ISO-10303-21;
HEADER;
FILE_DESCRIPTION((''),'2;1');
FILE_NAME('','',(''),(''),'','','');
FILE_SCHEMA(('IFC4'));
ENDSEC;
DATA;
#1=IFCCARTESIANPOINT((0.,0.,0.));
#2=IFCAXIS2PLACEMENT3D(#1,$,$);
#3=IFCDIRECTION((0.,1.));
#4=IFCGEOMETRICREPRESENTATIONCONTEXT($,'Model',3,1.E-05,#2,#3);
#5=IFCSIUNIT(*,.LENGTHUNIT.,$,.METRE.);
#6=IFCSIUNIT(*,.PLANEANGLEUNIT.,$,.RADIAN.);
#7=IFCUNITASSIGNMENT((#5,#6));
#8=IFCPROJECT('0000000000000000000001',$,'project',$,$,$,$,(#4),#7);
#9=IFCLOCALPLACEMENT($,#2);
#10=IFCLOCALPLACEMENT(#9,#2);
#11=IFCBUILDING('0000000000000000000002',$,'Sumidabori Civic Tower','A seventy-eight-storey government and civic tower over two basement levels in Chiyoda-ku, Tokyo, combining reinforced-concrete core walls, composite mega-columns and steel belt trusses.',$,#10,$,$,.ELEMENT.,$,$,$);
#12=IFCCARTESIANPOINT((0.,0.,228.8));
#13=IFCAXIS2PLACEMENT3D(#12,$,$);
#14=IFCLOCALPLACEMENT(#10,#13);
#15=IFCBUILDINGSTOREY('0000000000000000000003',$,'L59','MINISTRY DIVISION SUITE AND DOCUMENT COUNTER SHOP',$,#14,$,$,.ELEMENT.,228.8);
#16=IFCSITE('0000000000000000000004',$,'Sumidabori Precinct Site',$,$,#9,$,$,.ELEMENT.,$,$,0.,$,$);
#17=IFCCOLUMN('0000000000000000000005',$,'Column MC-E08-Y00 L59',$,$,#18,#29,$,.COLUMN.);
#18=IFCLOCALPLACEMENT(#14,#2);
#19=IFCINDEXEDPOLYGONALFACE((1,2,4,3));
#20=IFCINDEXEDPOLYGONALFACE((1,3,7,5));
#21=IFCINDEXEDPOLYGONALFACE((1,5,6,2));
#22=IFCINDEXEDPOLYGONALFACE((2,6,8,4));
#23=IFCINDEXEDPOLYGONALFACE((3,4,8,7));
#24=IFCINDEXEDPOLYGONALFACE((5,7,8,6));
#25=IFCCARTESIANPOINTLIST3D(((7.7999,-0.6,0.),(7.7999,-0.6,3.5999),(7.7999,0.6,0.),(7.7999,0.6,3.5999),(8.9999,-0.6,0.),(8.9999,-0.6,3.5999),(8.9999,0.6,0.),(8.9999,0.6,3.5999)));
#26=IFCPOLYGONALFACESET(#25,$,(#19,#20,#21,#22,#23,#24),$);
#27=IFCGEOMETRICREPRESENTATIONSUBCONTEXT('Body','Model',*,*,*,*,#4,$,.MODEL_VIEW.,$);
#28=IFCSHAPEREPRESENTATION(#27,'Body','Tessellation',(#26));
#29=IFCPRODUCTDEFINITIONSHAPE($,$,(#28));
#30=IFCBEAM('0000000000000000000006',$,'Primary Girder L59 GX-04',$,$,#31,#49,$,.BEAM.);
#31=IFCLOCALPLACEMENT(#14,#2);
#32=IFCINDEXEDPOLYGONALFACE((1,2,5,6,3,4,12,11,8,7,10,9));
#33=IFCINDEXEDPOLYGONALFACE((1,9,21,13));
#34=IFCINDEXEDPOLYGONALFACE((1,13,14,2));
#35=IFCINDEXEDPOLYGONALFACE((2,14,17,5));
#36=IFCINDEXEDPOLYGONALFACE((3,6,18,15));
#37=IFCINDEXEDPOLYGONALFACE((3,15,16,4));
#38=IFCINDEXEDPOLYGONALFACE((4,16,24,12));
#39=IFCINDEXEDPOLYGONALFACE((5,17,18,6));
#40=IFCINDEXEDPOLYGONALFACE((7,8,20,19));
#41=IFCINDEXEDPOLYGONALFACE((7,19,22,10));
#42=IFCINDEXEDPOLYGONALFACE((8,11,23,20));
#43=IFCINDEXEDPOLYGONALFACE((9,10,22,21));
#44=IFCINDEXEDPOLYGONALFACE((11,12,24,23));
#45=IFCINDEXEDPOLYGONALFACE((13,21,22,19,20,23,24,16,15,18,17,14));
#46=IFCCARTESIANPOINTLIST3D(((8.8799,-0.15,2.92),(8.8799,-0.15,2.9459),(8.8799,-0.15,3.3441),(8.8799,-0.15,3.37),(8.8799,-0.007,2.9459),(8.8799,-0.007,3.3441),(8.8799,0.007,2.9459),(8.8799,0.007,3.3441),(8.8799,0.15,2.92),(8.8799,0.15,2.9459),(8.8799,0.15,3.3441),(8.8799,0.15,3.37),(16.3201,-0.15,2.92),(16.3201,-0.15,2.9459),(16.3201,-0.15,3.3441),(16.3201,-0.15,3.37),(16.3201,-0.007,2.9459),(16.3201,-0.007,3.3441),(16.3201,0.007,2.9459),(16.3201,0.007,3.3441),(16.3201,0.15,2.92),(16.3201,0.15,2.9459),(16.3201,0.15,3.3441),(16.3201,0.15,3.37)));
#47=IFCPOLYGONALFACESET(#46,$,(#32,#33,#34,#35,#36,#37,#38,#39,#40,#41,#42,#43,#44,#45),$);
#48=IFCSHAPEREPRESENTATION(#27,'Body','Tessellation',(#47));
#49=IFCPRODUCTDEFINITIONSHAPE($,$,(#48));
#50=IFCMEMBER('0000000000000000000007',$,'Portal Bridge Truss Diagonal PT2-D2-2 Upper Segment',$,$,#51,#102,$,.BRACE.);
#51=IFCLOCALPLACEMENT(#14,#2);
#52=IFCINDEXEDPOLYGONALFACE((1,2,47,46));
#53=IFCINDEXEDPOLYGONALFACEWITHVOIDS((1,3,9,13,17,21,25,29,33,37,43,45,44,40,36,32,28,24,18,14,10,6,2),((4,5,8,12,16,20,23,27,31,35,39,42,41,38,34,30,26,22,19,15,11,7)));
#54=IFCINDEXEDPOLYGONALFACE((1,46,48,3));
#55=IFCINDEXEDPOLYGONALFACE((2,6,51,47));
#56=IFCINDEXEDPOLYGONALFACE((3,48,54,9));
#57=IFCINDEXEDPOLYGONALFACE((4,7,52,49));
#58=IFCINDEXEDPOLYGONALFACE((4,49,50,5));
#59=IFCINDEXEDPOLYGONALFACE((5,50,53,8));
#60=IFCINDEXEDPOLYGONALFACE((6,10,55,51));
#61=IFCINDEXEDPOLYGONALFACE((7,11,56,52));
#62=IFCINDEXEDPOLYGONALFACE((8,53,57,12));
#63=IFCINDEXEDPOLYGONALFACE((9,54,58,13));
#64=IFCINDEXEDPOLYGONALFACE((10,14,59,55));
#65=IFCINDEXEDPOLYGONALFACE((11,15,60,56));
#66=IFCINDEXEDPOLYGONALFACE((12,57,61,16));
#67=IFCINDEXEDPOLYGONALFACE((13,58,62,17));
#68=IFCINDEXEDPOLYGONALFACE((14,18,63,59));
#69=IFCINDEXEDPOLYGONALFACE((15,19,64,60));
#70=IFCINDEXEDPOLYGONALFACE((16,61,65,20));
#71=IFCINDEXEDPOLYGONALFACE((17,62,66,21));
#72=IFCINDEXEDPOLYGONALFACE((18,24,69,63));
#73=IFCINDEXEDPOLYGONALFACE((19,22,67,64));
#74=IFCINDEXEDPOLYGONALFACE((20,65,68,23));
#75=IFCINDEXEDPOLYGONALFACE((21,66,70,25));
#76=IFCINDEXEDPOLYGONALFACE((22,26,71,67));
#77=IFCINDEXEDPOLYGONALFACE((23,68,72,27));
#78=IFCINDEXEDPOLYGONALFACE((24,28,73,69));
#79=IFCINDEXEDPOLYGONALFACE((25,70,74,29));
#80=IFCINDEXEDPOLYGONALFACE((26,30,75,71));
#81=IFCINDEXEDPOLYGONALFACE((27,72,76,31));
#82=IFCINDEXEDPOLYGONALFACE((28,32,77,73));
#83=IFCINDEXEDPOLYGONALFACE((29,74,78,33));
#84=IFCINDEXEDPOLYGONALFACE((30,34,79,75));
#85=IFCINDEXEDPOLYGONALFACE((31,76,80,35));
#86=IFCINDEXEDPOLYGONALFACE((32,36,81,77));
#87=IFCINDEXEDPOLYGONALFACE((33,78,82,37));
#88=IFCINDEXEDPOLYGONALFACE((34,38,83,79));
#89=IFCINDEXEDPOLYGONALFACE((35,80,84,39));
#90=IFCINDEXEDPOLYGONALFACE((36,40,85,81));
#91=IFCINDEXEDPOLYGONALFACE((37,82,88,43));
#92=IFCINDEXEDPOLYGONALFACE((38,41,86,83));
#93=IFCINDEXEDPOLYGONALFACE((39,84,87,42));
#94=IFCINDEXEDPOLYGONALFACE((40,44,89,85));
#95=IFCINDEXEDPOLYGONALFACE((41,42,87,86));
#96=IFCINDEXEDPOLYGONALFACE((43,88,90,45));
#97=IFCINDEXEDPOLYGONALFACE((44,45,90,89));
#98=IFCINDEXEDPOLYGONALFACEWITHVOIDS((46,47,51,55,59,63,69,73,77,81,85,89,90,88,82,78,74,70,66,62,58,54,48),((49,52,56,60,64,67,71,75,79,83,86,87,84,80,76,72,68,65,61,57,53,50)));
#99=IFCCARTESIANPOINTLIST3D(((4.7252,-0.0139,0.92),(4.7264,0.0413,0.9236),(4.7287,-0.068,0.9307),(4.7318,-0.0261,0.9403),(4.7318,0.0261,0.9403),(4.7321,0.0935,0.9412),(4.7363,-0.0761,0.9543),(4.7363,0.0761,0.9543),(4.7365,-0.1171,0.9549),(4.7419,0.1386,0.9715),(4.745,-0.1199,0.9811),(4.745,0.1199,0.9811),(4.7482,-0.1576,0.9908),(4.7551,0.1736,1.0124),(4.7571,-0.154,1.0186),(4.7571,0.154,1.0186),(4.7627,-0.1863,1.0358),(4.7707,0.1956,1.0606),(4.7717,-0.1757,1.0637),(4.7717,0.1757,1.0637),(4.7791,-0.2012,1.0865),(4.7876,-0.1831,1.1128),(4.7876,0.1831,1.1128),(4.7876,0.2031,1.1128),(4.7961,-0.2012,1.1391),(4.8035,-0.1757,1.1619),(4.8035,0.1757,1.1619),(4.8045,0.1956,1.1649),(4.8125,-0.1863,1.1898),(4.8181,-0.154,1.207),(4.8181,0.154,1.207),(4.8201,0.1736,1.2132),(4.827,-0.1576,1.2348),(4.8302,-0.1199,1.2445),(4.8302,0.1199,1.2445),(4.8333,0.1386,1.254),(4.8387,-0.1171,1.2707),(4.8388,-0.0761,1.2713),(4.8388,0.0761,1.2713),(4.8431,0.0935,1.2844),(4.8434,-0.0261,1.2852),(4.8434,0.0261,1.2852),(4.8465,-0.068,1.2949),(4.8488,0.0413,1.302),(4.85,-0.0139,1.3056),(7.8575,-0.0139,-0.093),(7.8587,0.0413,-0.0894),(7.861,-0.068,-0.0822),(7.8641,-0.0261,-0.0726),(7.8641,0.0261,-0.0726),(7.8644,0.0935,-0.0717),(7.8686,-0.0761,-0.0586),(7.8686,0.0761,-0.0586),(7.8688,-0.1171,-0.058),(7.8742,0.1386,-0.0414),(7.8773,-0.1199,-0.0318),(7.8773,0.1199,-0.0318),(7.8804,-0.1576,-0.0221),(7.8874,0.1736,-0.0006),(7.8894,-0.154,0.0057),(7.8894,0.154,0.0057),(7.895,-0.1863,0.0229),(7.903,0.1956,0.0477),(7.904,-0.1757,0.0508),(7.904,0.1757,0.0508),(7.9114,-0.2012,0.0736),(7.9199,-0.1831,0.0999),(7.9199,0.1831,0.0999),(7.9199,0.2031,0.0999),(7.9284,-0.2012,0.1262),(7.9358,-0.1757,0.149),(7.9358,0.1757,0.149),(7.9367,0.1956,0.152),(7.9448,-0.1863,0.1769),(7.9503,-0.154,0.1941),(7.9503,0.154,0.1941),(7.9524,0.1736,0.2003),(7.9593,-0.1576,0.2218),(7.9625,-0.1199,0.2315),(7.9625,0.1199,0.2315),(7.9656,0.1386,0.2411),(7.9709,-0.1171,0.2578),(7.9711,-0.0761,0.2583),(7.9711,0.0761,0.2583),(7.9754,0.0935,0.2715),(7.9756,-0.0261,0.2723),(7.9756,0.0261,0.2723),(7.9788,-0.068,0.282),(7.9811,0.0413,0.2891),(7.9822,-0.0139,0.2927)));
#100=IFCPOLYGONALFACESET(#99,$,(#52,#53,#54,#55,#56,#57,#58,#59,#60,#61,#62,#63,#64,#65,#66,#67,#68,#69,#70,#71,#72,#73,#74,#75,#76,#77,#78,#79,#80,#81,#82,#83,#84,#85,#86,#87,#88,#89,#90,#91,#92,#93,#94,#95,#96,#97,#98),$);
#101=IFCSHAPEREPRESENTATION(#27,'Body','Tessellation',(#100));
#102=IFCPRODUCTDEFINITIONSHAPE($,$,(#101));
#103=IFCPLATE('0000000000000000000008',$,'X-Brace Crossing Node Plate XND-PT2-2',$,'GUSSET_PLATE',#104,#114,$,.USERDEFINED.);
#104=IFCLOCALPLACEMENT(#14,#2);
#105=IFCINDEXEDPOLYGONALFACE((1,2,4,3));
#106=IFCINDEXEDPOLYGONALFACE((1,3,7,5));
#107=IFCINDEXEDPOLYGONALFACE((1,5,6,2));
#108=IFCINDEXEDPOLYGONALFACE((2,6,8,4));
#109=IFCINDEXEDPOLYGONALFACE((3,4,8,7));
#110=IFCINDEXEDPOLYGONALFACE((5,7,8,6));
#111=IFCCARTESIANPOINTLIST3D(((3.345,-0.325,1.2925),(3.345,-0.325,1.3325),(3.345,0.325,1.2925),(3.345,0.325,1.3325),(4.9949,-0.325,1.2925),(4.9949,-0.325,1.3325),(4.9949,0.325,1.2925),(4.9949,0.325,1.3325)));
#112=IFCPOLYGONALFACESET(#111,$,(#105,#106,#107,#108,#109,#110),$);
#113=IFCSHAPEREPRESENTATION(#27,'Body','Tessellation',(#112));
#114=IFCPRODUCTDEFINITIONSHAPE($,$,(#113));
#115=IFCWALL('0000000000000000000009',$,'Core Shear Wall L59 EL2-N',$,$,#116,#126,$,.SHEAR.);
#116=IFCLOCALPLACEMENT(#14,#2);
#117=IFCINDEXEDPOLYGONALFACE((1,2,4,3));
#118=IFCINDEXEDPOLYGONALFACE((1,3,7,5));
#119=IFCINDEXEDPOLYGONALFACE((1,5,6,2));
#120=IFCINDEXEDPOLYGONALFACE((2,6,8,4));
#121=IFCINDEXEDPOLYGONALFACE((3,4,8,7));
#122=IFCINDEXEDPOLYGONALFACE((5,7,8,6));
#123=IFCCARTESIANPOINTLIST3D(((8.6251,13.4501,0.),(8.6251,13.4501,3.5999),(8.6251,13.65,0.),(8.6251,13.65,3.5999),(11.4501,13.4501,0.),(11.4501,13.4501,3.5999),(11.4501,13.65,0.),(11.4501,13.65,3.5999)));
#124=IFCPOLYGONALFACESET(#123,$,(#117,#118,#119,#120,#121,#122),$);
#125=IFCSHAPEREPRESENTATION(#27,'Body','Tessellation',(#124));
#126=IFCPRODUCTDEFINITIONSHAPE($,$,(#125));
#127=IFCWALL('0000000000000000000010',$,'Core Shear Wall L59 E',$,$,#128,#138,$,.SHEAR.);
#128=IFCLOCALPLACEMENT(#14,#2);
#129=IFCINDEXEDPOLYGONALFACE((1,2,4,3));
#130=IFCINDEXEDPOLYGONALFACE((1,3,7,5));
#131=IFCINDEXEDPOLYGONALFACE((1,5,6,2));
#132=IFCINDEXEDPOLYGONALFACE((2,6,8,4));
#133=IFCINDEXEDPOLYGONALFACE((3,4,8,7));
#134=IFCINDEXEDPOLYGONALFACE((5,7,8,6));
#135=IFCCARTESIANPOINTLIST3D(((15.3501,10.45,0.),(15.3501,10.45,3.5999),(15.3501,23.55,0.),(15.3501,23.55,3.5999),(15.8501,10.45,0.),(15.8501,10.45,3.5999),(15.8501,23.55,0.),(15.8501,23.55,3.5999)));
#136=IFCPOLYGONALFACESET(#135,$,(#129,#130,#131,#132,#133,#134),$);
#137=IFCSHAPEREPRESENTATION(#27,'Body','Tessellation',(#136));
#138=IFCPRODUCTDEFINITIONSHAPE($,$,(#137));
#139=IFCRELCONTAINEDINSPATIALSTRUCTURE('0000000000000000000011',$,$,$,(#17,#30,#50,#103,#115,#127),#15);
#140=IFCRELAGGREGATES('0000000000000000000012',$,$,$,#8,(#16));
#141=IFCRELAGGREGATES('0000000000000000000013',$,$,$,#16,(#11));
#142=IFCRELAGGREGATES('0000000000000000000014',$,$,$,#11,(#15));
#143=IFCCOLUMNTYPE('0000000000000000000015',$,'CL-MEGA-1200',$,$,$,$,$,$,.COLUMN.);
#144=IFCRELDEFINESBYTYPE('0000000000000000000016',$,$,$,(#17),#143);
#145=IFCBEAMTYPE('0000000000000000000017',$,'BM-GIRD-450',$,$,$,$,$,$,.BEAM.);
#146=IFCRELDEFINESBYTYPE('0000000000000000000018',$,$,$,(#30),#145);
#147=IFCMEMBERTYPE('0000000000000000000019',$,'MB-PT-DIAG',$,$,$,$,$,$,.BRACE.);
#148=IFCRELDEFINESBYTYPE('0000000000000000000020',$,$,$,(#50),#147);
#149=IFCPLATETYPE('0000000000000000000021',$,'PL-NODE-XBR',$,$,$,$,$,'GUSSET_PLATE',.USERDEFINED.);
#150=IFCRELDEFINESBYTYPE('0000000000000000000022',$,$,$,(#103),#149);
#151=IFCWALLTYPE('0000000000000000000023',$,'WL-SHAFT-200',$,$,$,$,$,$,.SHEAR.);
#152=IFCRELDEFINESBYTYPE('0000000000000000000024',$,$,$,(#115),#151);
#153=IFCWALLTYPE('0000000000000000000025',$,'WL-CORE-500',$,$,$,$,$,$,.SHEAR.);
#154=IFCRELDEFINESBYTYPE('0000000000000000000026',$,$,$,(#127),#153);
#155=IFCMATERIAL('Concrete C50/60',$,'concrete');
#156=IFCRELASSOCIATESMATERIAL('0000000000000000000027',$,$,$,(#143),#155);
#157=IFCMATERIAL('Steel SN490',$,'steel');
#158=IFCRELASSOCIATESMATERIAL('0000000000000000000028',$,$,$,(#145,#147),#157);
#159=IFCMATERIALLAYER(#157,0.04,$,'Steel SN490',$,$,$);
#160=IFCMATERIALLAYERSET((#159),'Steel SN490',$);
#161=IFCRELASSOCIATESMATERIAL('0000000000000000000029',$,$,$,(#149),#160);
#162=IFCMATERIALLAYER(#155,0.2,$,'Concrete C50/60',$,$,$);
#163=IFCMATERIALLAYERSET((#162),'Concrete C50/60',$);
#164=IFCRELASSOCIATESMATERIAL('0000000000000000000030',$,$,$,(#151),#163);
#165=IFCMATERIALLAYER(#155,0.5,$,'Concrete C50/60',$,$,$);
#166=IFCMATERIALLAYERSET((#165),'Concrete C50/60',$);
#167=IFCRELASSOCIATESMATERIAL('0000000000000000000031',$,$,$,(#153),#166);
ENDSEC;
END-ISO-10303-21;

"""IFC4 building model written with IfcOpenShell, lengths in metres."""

from ifc_helpers import new_model, si_unit, direction, frame, frame_2d, origin, origin_2d, place, context, subcontext, project, spatial, rectangle, hollow_circle, i_section, extrude, source, transform, mapped, material, layer, layer_set, material_profile, profile_set, type_object, element, save


model = new_model("IFC4")

# Units and contexts
model_context = context("Model", 3, precision=1e-05, world=origin(), true_north=direction((0.0, 1.0)))
body_context = subcontext(model_context, "Body", "Model", "MODEL_VIEW")
ifc_project = project(units=[si_unit("LENGTHUNIT", "METRE"), si_unit("PLANEANGLEUNIT", "RADIAN")], contexts=[model_context])

# Site, building, storey
site_placement = place(None, origin())
site = spatial("IfcSite", under=ifc_project, at=site_placement, Name="Sumidabori Precinct Site", CompositionType="ELEMENT", RefElevation=0.0)
building_placement = place(site_placement, origin())
building = spatial("IfcBuilding", under=site, at=building_placement, Name="Sumidabori Civic Tower", Description="A seventy-eight-storey government and civic tower over two basement levels in Chiyoda-ku, Tokyo, combining reinforced-concrete core walls, composite mega-columns and steel belt trusses.", CompositionType="ELEMENT")
storey_placement = place(building_placement, frame((0.0, 0.0, 228.8)))
storey = spatial("IfcBuildingStorey", under=building, at=storey_placement, Name="L59", Description="MINISTRY DIVISION SUITE AND DOCUMENT COUNTER SHOP", CompositionType="ELEMENT", Elevation=228.8)

# Column
ifc_material_1 = material(Name="Concrete C50/60", Category="concrete")
ifc_material_profile_1 = material_profile(ifc_material_1, rectangle(XDim=1.2, YDim=1.2, at=origin_2d()), Name="RC 1200x1200")
ifc_profile_set_1 = profile_set([ifc_material_profile_1], Name="Concrete C50/60")
column_type = type_object("IfcColumnType", Name="CL-MEGA-1200", PredefinedType="COLUMN", material=ifc_profile_set_1)
shared_shape_1 = source(origin(), body_context, "Body", "SweptSolid", [
    extrude(rectangle(XDim=1.2, YDim=1.2, at=origin_2d()), origin(), (0.0, 0.0, 1.0), 3.5999),
])
column_placement = place(storey_placement, frame((8.3999, 0.0, 0.0), z_axis=(0.0, 0.0, 1.0), x_axis=(1.0, 0.0, 0.0)))
element("IfcColumn", 1, at=column_placement, inside=storey, type_object=column_type, Name="Column MC-E08-Y00 L59", PredefinedType="COLUMN", context=body_context, shape_type="MappedRepresentation", body=[
    mapped(shared_shape_1, transform((0.0, 0.0, 0.0), x_axis=(1.0, 0.0, 0.0), y_axis=(0.0, 1.0, 0.0), z_axis=(0.0, 0.0, 1.0), scale=1.0)),
])

# Beam
ifc_material_2 = material(Name="Steel SN490", Category="steel")
ifc_material_profile_2 = material_profile(ifc_material_2, i_section(OverallWidth=0.3, OverallDepth=0.45, WebThickness=0.0139, FlangeThickness=0.0259, at=origin_2d()), Name="HE 450 B")
ifc_profile_set_2 = profile_set([ifc_material_profile_2], Name="Steel SN490")
beam_type = type_object("IfcBeamType", Name="BM-GIRD-450", PredefinedType="BEAM", material=ifc_profile_set_2)
shared_shape_2 = source(origin(), body_context, "Body", "SweptSolid", [
    extrude(i_section(OverallWidth=0.3, OverallDepth=0.45, WebThickness=0.0139, FlangeThickness=0.0259, at=origin_2d()), origin(), (0.0, 0.0, 1.0), 7.4402),
])
beam_placement = place(storey_placement, frame((8.8799, 0.0, 3.145), z_axis=(1.0, 0.0, 0.0), x_axis=(0.0, 1.0, 0.0)))
element("IfcBeam", 2, at=beam_placement, inside=storey, type_object=beam_type, Name="Primary Girder L59 GX-04", PredefinedType="BEAM", context=body_context, shape_type="MappedRepresentation", body=[
    mapped(shared_shape_2, transform((0.0, 0.0, 0.0), x_axis=(1.0, 0.0, 0.0), y_axis=(0.0, 1.0, 0.0), z_axis=(0.0, 0.0, 1.0), scale=1.0)),
])

# Member
ifc_material_profile_3 = material_profile(ifc_material_2, hollow_circle(Radius=0.2031, WallThickness=0.02, at=origin_2d()), Name="CHS 406.4x20")
ifc_profile_set_3 = profile_set([ifc_material_profile_3], Name="Steel SN490")
member_type = type_object("IfcMemberType", Name="MB-PT-DIAG", PredefinedType="BRACE", material=ifc_profile_set_3)
shared_shape_3 = source(origin(), body_context, "Body", "SweptSolid", [
    extrude(hollow_circle(Radius=0.2031, WallThickness=0.02, at=origin_2d()), origin(), (0.0, 0.0, 1.0), 3.292),
])
member_placement = place(storey_placement, frame((4.7876, 0.0, 1.1128), z_axis=(0.951485, 0.0, -0.307694), x_axis=(0.0, 1.0, 0.0)))
element("IfcMember", 3, at=member_placement, inside=storey, type_object=member_type, Name="Portal Bridge Truss Diagonal PT2-D2-2 Upper Segment", PredefinedType="BRACE", context=body_context, shape_type="MappedRepresentation", body=[
    mapped(shared_shape_3, transform((0.0, 0.0, 0.0), x_axis=(1.0, 0.0, 0.0), y_axis=(0.0, 1.0, 0.0), z_axis=(0.0, 0.0, 1.0), scale=1.0)),
])

# Plate
ifc_layer_1 = layer(ifc_material_2, 0.04, Name="Steel SN490")
ifc_layer_set_1 = layer_set([ifc_layer_1], Name="Steel SN490")
plate_type = type_object("IfcPlateType", Name="PL-NODE-XBR", ElementType="GUSSET_PLATE", PredefinedType="USERDEFINED", material=ifc_layer_set_1)
shared_shape_4 = source(origin(), body_context, "Body", "SweptSolid", [
    extrude(rectangle(XDim=1.6499, YDim=0.6499, at=origin_2d()), origin(), (0.0, 0.0, 1.0), 0.04),
])
plate_placement = place(storey_placement, frame((4.1699, 0.0, 1.2925), z_axis=(0.0, 0.0, 1.0), x_axis=(1.0, 0.0, 0.0)))
element("IfcPlate", 4, at=plate_placement, inside=storey, type_object=plate_type, Name="X-Brace Crossing Node Plate XND-PT2-2", ObjectType="GUSSET_PLATE", PredefinedType="USERDEFINED", context=body_context, shape_type="MappedRepresentation", body=[
    mapped(shared_shape_4, transform((0.0, 0.0, 0.0), x_axis=(1.0, 0.0, 0.0), y_axis=(0.0, 1.0, 0.0), z_axis=(0.0, 0.0, 1.0), scale=1.0)),
])

# Walls
ifc_layer_2 = layer(ifc_material_1, 0.2, Name="Concrete C50/60")
ifc_layer_set_2 = layer_set([ifc_layer_2], Name="Concrete C50/60")
wall_type_1 = type_object("IfcWallType", Name="WL-SHAFT-200", PredefinedType="SHEAR", material=ifc_layer_set_2)
shared_shape_5 = source(origin(), body_context, "Body", "SweptSolid", [
    extrude(rectangle(XDim=2.825, YDim=0.2, at=frame_2d((1.4126, 0.0))), origin(), (0.0, 0.0, 1.0), 3.5999),
])
wall_1_placement = place(storey_placement, frame((8.625, 13.55, 0.0), z_axis=(0.0, 0.0, 1.0), x_axis=(1.0, 0.0, 0.0)))
element("IfcWall", 5, at=wall_1_placement, inside=storey, type_object=wall_type_1, Name="Core Shear Wall L59 EL2-N", PredefinedType="SHEAR", context=body_context, shape_type="MappedRepresentation", body=[
    mapped(shared_shape_5, transform((0.0, 0.0, 0.0), x_axis=(1.0, 0.0, 0.0), y_axis=(0.0, 1.0, 0.0), z_axis=(0.0, 0.0, 1.0), scale=1.0)),
])
ifc_layer_3 = layer(ifc_material_1, 0.5, Name="Concrete C50/60")
ifc_layer_set_3 = layer_set([ifc_layer_3], Name="Concrete C50/60")
wall_type_2 = type_object("IfcWallType", Name="WL-CORE-500", PredefinedType="SHEAR", material=ifc_layer_set_3)
shared_shape_6 = source(origin(), body_context, "Body", "SweptSolid", [
    extrude(rectangle(XDim=13.1001, YDim=0.5, at=frame_2d((6.55, 0.0))), origin(), (0.0, 0.0, 1.0), 3.5999),
])
wall_2_placement = place(storey_placement, frame((15.6001, 10.45, 0.0), z_axis=(0.0, 0.0, 1.0), x_axis=(0.0, 1.0, 0.0)))
element("IfcWall", 6, at=wall_2_placement, inside=storey, type_object=wall_type_2, Name="Core Shear Wall L59 E", PredefinedType="SHEAR", context=body_context, shape_type="MappedRepresentation", body=[
    mapped(shared_shape_6, transform((0.0, 0.0, 0.0), x_axis=(1.0, 0.0, 0.0), y_axis=(0.0, 1.0, 0.0), z_axis=(0.0, 0.0, 1.0), scale=1.0)),
])

save(model, "model.ifc")
